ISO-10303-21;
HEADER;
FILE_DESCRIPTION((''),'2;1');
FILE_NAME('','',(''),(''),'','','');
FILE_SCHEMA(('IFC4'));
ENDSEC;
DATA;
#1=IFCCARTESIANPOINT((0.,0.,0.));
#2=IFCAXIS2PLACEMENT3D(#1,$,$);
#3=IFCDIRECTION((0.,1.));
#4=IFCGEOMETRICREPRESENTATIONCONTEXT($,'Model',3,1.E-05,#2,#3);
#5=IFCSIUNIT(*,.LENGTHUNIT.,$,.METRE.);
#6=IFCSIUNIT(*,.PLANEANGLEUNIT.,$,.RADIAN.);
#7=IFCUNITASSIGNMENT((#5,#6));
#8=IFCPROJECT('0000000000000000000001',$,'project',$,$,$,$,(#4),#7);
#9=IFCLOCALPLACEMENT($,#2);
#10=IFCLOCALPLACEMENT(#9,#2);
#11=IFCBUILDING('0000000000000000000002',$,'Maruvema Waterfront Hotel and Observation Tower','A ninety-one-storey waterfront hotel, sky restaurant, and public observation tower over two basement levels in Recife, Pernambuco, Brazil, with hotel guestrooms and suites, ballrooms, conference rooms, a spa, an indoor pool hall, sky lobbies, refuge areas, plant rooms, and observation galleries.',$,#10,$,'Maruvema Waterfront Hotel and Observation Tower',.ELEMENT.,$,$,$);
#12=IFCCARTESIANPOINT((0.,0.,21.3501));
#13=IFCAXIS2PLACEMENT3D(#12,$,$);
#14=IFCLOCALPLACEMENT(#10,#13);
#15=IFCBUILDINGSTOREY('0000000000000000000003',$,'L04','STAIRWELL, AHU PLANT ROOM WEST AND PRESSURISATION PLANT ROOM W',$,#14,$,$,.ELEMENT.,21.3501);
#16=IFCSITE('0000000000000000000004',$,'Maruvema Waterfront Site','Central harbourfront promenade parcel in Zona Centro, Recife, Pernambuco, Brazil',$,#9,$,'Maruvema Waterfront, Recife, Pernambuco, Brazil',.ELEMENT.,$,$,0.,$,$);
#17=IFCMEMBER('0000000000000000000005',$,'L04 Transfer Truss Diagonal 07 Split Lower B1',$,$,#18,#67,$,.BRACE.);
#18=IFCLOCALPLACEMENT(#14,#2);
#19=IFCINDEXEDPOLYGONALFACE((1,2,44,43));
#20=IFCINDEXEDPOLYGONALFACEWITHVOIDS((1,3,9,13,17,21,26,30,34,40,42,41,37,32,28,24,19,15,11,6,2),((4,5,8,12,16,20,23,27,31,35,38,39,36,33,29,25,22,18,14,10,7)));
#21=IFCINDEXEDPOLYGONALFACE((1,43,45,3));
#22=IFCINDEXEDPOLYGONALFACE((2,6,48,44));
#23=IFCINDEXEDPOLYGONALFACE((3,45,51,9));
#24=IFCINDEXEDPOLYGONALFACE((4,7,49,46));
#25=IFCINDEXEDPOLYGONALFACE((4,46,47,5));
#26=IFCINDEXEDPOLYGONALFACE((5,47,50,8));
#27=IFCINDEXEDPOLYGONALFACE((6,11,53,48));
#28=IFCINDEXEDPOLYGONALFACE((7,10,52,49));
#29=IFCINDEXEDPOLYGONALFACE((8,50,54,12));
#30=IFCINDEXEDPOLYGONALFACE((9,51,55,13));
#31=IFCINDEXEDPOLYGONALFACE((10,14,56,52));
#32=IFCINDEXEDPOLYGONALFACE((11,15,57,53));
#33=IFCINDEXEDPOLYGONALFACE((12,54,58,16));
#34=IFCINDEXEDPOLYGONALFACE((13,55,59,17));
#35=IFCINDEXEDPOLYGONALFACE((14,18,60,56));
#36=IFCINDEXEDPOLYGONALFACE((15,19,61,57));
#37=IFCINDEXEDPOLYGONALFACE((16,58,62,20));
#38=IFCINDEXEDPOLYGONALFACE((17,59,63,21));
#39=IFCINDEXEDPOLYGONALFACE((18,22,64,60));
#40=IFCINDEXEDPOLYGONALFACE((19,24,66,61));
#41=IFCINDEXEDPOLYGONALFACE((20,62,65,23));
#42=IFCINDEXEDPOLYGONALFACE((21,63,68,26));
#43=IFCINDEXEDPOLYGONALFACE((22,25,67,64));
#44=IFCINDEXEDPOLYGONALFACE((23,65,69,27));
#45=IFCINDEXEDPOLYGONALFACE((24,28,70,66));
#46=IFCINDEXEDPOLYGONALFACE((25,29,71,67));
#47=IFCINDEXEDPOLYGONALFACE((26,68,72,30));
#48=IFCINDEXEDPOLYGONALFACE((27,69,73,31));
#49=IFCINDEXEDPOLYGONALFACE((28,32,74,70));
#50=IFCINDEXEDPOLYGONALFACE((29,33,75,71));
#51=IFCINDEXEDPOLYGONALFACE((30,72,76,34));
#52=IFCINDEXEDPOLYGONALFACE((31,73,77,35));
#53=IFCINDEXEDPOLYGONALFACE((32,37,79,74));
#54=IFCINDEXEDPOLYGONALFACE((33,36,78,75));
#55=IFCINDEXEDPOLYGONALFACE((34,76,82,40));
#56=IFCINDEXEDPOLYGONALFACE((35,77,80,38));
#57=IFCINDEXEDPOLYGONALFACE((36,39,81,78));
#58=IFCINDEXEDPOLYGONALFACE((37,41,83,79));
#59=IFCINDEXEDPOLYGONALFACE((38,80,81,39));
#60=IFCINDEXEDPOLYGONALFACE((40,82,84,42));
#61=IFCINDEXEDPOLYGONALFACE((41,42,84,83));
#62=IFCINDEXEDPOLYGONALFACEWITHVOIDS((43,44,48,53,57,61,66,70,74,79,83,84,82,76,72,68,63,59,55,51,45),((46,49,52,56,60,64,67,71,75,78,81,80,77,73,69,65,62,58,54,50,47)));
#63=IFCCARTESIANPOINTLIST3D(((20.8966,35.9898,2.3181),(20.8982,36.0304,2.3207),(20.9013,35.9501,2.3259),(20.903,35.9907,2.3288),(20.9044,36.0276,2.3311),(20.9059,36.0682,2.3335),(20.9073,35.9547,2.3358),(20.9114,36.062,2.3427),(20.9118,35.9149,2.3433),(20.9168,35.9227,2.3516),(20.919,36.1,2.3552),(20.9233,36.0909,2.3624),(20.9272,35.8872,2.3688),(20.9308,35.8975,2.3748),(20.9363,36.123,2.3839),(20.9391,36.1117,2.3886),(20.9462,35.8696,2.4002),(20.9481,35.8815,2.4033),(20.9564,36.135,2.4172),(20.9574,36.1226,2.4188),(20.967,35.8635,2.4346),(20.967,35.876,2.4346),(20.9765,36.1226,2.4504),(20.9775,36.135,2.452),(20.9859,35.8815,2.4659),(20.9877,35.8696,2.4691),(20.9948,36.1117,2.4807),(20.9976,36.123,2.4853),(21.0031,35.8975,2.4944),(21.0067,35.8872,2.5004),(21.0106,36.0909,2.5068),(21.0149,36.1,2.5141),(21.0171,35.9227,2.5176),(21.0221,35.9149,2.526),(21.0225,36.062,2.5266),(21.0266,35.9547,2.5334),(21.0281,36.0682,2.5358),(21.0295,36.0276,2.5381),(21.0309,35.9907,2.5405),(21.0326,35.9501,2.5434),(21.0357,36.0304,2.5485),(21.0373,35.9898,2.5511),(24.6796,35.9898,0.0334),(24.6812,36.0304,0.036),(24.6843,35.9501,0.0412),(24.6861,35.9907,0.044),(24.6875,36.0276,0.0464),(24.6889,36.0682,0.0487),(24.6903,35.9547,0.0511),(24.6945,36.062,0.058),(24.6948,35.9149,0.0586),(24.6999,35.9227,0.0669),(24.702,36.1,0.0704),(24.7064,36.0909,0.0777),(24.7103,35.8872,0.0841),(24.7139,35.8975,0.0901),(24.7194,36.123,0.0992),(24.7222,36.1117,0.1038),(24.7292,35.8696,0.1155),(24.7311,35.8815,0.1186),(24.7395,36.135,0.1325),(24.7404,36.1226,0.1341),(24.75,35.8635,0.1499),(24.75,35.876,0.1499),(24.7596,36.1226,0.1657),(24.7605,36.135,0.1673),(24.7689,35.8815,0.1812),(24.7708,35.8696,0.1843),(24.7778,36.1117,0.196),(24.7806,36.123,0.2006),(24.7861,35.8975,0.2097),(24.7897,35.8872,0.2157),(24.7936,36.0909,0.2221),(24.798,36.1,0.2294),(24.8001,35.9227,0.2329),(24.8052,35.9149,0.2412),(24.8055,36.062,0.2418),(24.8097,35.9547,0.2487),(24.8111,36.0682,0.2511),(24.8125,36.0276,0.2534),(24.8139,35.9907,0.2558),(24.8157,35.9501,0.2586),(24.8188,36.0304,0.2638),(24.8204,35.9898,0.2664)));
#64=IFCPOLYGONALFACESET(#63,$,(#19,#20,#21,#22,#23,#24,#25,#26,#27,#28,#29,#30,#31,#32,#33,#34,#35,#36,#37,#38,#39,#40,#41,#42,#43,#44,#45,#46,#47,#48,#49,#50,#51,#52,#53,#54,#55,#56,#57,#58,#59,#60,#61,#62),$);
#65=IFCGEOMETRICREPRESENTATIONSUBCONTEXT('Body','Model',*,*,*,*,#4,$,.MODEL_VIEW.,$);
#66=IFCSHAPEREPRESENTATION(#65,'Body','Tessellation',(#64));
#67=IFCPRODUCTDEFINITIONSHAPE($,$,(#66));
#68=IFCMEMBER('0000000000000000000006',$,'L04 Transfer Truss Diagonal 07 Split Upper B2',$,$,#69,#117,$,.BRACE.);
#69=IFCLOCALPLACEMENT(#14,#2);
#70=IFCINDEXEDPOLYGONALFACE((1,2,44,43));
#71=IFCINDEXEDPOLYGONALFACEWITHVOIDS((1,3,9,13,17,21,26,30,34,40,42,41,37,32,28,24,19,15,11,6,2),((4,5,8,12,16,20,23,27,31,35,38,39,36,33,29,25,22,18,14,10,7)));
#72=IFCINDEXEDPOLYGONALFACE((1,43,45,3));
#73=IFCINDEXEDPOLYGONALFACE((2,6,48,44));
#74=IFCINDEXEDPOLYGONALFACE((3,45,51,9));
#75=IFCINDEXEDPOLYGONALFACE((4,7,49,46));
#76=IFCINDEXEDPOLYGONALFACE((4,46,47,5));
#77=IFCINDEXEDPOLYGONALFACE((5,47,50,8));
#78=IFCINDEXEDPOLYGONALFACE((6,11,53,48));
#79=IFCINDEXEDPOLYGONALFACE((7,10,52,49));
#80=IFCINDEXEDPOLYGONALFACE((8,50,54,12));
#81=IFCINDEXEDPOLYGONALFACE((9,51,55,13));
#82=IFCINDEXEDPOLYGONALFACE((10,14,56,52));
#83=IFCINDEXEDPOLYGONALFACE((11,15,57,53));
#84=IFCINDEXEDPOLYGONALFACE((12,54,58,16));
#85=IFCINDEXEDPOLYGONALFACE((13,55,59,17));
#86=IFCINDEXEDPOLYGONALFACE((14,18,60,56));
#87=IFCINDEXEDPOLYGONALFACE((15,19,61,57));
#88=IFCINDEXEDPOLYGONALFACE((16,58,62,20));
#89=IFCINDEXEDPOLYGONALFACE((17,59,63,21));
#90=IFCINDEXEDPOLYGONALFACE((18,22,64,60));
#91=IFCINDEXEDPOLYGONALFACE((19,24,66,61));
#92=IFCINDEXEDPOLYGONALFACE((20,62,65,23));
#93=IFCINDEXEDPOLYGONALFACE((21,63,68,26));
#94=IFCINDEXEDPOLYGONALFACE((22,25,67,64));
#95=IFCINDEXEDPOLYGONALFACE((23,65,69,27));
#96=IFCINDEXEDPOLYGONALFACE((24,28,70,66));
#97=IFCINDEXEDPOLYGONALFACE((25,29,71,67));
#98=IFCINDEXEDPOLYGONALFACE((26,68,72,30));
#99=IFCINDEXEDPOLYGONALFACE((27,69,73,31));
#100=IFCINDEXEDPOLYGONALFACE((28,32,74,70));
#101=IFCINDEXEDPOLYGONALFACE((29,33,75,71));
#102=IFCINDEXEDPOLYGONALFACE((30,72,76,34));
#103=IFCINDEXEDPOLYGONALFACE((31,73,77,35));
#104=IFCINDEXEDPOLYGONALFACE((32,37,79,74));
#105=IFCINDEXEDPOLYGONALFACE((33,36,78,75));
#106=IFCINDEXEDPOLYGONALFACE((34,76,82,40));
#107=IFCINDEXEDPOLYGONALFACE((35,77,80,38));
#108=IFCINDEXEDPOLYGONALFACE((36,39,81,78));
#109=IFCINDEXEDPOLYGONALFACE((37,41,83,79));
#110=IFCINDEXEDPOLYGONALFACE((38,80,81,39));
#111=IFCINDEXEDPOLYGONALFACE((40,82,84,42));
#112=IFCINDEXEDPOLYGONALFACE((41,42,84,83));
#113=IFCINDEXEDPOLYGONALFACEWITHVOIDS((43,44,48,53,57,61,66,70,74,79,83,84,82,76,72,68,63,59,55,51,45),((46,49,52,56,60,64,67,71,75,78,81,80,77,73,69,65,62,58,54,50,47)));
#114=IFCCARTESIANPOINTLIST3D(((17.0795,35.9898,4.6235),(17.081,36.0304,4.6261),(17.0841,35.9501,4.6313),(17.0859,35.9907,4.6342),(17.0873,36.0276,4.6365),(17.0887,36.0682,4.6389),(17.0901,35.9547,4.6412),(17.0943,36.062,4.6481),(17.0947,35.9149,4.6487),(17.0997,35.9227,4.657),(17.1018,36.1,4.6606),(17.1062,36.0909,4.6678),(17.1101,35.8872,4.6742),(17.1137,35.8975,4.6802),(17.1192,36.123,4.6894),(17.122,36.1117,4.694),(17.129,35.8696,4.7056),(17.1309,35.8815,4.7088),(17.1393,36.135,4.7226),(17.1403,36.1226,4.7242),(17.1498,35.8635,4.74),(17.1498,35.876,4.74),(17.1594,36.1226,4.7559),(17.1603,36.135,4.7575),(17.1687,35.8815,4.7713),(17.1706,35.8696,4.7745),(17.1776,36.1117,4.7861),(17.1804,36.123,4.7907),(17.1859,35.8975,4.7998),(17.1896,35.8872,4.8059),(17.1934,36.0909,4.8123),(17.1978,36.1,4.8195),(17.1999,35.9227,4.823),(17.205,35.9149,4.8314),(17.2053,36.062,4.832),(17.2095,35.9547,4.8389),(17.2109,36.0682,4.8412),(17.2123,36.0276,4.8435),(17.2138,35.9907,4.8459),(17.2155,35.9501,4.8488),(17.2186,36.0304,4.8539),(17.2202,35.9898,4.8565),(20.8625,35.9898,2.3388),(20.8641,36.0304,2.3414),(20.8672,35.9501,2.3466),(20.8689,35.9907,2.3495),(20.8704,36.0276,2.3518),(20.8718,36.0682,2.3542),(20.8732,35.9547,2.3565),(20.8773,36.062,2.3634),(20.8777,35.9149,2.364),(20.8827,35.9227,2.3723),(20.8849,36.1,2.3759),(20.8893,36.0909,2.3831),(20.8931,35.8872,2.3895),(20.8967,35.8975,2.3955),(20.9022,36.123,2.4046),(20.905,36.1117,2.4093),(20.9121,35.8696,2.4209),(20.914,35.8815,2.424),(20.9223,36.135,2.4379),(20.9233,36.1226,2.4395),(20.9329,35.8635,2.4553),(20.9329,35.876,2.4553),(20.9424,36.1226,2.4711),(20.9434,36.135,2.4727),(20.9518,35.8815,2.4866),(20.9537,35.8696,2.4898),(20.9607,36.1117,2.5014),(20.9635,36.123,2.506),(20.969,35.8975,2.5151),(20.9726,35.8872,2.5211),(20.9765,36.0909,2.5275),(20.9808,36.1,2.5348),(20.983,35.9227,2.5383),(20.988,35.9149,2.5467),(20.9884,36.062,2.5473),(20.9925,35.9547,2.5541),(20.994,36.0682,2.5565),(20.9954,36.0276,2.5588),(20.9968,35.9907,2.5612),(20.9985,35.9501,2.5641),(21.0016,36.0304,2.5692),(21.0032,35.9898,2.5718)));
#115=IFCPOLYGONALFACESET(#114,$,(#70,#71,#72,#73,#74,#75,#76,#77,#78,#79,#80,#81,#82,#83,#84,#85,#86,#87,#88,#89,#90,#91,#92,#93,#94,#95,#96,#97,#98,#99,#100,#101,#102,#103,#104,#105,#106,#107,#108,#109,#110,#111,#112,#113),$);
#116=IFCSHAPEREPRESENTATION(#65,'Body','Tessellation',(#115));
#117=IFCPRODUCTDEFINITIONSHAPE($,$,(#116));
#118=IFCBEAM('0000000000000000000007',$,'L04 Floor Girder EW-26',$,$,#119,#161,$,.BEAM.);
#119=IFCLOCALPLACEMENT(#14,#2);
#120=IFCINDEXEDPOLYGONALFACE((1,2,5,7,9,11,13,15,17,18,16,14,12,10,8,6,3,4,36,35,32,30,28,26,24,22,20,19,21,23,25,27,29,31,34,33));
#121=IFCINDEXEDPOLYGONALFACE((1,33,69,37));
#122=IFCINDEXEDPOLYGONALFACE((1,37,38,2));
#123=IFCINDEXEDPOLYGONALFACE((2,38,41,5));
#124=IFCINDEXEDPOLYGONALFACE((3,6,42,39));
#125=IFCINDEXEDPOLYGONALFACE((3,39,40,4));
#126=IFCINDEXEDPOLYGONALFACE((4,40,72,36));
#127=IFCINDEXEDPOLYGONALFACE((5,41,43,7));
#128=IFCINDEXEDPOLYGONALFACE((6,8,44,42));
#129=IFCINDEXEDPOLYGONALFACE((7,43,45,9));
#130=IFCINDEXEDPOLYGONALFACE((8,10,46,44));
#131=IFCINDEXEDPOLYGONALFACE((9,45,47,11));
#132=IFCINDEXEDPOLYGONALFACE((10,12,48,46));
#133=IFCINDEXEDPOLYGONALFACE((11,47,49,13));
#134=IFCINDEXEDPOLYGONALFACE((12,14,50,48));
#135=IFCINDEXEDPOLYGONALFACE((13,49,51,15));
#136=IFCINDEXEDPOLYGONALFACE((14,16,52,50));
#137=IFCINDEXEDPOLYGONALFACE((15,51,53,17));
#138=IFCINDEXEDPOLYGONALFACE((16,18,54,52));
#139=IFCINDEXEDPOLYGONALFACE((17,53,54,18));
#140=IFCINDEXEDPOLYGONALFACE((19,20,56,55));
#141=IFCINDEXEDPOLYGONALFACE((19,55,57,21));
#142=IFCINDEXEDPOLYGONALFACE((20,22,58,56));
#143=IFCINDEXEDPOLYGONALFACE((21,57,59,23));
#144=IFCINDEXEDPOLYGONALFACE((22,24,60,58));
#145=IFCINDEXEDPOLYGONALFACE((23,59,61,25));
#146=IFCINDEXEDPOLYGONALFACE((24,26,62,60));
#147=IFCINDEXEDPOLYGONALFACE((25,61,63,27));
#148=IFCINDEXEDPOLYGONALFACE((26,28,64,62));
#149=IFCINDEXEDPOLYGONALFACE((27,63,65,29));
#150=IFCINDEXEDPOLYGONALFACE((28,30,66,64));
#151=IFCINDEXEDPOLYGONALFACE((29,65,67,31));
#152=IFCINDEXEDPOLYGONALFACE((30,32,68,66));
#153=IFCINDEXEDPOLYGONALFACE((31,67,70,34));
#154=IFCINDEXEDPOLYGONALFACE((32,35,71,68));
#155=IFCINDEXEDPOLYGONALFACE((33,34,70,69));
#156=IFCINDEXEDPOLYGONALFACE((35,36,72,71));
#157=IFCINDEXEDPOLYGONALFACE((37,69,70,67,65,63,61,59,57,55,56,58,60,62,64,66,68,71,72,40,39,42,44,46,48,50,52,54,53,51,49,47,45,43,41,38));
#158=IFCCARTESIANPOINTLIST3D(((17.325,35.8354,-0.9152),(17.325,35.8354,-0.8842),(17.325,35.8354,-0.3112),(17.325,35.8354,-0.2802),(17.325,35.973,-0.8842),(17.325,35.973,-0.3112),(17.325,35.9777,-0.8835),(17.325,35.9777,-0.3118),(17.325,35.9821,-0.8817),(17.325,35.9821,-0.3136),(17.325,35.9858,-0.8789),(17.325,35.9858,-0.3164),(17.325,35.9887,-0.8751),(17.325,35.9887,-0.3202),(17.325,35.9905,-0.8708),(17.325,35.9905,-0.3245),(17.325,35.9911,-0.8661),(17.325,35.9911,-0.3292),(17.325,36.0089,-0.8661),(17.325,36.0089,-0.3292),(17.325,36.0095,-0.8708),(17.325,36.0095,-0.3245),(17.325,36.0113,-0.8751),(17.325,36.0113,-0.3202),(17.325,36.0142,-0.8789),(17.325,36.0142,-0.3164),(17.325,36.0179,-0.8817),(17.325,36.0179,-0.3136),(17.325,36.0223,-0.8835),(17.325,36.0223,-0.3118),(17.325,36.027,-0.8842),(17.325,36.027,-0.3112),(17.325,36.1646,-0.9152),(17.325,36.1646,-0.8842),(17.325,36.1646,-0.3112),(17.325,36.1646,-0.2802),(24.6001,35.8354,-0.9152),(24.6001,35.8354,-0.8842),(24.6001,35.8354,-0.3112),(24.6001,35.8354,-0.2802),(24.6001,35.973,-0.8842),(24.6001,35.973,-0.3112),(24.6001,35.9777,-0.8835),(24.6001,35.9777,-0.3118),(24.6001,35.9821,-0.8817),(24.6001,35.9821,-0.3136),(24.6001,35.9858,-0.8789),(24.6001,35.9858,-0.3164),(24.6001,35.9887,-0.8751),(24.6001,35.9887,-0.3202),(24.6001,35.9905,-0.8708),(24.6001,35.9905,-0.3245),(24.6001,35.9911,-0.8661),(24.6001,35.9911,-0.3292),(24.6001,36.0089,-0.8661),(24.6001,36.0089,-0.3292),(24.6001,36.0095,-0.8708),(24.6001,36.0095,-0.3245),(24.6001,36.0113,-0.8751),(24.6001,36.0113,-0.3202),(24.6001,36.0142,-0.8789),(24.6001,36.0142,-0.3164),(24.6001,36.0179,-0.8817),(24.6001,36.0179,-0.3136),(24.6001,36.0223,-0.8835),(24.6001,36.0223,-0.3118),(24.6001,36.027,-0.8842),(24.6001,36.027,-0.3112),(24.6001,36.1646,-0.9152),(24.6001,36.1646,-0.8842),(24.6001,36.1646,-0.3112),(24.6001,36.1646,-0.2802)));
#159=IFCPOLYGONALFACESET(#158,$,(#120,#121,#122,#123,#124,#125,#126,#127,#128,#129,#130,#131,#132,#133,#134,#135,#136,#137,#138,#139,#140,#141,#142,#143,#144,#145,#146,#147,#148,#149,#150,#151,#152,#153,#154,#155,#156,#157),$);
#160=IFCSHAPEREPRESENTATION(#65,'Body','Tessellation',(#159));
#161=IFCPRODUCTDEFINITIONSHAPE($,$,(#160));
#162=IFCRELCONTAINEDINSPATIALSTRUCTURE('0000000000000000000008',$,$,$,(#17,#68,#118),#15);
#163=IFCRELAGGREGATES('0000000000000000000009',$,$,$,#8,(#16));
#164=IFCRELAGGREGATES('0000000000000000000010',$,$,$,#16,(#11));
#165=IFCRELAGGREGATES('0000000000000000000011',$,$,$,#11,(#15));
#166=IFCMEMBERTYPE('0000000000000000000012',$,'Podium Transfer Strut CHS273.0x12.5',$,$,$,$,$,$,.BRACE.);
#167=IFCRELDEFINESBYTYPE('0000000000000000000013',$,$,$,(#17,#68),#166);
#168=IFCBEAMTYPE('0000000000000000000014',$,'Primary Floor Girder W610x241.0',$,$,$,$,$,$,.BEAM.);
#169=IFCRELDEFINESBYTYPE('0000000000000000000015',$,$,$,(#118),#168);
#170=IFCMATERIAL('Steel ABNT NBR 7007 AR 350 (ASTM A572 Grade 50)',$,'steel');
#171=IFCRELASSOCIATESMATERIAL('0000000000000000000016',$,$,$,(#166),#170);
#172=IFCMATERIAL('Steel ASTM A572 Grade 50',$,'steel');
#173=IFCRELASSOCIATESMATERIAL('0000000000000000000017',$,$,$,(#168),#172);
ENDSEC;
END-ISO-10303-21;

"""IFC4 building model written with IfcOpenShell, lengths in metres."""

from ifc_helpers import new_model, si_unit, direction, frame, origin, origin_2d, place, context, subcontext, project, spatial, hollow_circle, i_section, extrude, material, material_profile, profile_set, type_object, element, save


model = new_model("IFC4")

# Units and contexts
model_context = context("Model", 3, precision=1e-05, world=origin(), true_north=direction((0.0, 1.0)))
body_context = subcontext(model_context, "Body", "Model", "MODEL_VIEW")
ifc_project = project(units=[si_unit("LENGTHUNIT", "METRE"), si_unit("PLANEANGLEUNIT", "RADIAN")], contexts=[model_context])

# Site, building, storey
site_placement = place(None, origin())
site = spatial("IfcSite", under=ifc_project, at=site_placement, Name="Maruvema Waterfront Site", Description="Central harbourfront promenade parcel in Zona Centro, Recife, Pernambuco, Brazil", LongName="Maruvema Waterfront, Recife, Pernambuco, Brazil", CompositionType="ELEMENT", RefElevation=0.0)
building_placement = place(site_placement, origin())
building = spatial("IfcBuilding", under=site, at=building_placement, Name="Maruvema Waterfront Hotel and Observation Tower", Description="A ninety-one-storey waterfront hotel, sky restaurant, and public observation tower over two basement levels in Recife, Pernambuco, Brazil, with hotel guestrooms and suites, ballrooms, conference rooms, a spa, an indoor pool hall, sky lobbies, refuge areas, plant rooms, and observation galleries.", LongName="Maruvema Waterfront Hotel and Observation Tower", CompositionType="ELEMENT")
storey_placement = place(building_placement, frame((0.0, 0.0, 21.3501)))
storey = spatial("IfcBuildingStorey", under=building, at=storey_placement, Name="L04", Description="STAIRWELL, AHU PLANT ROOM WEST AND PRESSURISATION PLANT ROOM W", CompositionType="ELEMENT", Elevation=21.3501)

# Members
ifc_material_1 = material(Name="Steel ABNT NBR 7007 AR 350 (ASTM A572 Grade 50)", Category="steel")
ifc_material_profile_1 = material_profile(ifc_material_1, hollow_circle(Radius=0.1365, WallThickness=0.0125, at=origin_2d()), Name="CHS273.0x12.5")
ifc_profile_set_1 = profile_set([ifc_material_profile_1], Name="Steel ABNT NBR 7007 AR 350 (ASTM A572 Grade 50)")
member_type = type_object("IfcMemberType", Name="Podium Transfer Strut CHS273.0x12.5", PredefinedType="BRACE", material=ifc_profile_set_1)
for number, where, z_axis, x_axis, name in (
    (1, (24.75, 36.0, 0.1499), (-0.856003, 0.0, 0.516971), (0.0, -1.0, 0.0), "L04 Transfer Truss Diagonal 07 Split Lower B1"),
    (2, (20.9329, 36.0, 2.4553), (-0.856003, 0.0, 0.516971), (0.0, -1.0, 0.0), "L04 Transfer Truss Diagonal 07 Split Upper B2"),
):
    element("IfcMember", number, at=place(storey_placement, frame(where, z_axis=z_axis, x_axis=x_axis)), inside=storey, type_object=member_type, Name=name, PredefinedType="BRACE", context=body_context, shape_type="SweptSolid", body=[
        extrude(hollow_circle(Radius=0.1365, WallThickness=0.0125, at=origin_2d()), origin(), (0.0, 0.0, 1.0), 4.4194),
    ])

# Beam
ifc_material_2 = material(Name="Steel ASTM A572 Grade 50", Category="steel")
ifc_material_profile_2 = material_profile(ifc_material_2, i_section(OverallWidth=0.3291, OverallDepth=0.635, WebThickness=0.0178, FlangeThickness=0.031, FilletRadius=0.0181, at=origin_2d()), Name="W610x241.0")
ifc_profile_set_2 = profile_set([ifc_material_profile_2], Name="Steel ASTM A572 Grade 50")
beam_type_1 = type_object("IfcBeamType", Name="Primary Floor Girder W610x241.0", PredefinedType="BEAM", material=ifc_profile_set_2)
beam_1_placement = place(storey_placement, frame((17.325, 36.0, -0.5977), z_axis=(1.0, 0.0, 0.0), x_axis=(0.0, 1.0, 0.0)))
element("IfcBeam", 3, at=beam_1_placement, inside=storey, type_object=beam_type_1, Name="L04 Floor Girder EW-26", PredefinedType="BEAM", context=body_context, shape_type="SweptSolid", body=[
    extrude(i_section(OverallWidth=0.3291, OverallDepth=0.635, WebThickness=0.0178, FlangeThickness=0.031, FilletRadius=0.0181, at=origin_2d()), origin(), (0.0, 0.0, 1.0), 7.2751),
])

save(model, "model.ifc")
